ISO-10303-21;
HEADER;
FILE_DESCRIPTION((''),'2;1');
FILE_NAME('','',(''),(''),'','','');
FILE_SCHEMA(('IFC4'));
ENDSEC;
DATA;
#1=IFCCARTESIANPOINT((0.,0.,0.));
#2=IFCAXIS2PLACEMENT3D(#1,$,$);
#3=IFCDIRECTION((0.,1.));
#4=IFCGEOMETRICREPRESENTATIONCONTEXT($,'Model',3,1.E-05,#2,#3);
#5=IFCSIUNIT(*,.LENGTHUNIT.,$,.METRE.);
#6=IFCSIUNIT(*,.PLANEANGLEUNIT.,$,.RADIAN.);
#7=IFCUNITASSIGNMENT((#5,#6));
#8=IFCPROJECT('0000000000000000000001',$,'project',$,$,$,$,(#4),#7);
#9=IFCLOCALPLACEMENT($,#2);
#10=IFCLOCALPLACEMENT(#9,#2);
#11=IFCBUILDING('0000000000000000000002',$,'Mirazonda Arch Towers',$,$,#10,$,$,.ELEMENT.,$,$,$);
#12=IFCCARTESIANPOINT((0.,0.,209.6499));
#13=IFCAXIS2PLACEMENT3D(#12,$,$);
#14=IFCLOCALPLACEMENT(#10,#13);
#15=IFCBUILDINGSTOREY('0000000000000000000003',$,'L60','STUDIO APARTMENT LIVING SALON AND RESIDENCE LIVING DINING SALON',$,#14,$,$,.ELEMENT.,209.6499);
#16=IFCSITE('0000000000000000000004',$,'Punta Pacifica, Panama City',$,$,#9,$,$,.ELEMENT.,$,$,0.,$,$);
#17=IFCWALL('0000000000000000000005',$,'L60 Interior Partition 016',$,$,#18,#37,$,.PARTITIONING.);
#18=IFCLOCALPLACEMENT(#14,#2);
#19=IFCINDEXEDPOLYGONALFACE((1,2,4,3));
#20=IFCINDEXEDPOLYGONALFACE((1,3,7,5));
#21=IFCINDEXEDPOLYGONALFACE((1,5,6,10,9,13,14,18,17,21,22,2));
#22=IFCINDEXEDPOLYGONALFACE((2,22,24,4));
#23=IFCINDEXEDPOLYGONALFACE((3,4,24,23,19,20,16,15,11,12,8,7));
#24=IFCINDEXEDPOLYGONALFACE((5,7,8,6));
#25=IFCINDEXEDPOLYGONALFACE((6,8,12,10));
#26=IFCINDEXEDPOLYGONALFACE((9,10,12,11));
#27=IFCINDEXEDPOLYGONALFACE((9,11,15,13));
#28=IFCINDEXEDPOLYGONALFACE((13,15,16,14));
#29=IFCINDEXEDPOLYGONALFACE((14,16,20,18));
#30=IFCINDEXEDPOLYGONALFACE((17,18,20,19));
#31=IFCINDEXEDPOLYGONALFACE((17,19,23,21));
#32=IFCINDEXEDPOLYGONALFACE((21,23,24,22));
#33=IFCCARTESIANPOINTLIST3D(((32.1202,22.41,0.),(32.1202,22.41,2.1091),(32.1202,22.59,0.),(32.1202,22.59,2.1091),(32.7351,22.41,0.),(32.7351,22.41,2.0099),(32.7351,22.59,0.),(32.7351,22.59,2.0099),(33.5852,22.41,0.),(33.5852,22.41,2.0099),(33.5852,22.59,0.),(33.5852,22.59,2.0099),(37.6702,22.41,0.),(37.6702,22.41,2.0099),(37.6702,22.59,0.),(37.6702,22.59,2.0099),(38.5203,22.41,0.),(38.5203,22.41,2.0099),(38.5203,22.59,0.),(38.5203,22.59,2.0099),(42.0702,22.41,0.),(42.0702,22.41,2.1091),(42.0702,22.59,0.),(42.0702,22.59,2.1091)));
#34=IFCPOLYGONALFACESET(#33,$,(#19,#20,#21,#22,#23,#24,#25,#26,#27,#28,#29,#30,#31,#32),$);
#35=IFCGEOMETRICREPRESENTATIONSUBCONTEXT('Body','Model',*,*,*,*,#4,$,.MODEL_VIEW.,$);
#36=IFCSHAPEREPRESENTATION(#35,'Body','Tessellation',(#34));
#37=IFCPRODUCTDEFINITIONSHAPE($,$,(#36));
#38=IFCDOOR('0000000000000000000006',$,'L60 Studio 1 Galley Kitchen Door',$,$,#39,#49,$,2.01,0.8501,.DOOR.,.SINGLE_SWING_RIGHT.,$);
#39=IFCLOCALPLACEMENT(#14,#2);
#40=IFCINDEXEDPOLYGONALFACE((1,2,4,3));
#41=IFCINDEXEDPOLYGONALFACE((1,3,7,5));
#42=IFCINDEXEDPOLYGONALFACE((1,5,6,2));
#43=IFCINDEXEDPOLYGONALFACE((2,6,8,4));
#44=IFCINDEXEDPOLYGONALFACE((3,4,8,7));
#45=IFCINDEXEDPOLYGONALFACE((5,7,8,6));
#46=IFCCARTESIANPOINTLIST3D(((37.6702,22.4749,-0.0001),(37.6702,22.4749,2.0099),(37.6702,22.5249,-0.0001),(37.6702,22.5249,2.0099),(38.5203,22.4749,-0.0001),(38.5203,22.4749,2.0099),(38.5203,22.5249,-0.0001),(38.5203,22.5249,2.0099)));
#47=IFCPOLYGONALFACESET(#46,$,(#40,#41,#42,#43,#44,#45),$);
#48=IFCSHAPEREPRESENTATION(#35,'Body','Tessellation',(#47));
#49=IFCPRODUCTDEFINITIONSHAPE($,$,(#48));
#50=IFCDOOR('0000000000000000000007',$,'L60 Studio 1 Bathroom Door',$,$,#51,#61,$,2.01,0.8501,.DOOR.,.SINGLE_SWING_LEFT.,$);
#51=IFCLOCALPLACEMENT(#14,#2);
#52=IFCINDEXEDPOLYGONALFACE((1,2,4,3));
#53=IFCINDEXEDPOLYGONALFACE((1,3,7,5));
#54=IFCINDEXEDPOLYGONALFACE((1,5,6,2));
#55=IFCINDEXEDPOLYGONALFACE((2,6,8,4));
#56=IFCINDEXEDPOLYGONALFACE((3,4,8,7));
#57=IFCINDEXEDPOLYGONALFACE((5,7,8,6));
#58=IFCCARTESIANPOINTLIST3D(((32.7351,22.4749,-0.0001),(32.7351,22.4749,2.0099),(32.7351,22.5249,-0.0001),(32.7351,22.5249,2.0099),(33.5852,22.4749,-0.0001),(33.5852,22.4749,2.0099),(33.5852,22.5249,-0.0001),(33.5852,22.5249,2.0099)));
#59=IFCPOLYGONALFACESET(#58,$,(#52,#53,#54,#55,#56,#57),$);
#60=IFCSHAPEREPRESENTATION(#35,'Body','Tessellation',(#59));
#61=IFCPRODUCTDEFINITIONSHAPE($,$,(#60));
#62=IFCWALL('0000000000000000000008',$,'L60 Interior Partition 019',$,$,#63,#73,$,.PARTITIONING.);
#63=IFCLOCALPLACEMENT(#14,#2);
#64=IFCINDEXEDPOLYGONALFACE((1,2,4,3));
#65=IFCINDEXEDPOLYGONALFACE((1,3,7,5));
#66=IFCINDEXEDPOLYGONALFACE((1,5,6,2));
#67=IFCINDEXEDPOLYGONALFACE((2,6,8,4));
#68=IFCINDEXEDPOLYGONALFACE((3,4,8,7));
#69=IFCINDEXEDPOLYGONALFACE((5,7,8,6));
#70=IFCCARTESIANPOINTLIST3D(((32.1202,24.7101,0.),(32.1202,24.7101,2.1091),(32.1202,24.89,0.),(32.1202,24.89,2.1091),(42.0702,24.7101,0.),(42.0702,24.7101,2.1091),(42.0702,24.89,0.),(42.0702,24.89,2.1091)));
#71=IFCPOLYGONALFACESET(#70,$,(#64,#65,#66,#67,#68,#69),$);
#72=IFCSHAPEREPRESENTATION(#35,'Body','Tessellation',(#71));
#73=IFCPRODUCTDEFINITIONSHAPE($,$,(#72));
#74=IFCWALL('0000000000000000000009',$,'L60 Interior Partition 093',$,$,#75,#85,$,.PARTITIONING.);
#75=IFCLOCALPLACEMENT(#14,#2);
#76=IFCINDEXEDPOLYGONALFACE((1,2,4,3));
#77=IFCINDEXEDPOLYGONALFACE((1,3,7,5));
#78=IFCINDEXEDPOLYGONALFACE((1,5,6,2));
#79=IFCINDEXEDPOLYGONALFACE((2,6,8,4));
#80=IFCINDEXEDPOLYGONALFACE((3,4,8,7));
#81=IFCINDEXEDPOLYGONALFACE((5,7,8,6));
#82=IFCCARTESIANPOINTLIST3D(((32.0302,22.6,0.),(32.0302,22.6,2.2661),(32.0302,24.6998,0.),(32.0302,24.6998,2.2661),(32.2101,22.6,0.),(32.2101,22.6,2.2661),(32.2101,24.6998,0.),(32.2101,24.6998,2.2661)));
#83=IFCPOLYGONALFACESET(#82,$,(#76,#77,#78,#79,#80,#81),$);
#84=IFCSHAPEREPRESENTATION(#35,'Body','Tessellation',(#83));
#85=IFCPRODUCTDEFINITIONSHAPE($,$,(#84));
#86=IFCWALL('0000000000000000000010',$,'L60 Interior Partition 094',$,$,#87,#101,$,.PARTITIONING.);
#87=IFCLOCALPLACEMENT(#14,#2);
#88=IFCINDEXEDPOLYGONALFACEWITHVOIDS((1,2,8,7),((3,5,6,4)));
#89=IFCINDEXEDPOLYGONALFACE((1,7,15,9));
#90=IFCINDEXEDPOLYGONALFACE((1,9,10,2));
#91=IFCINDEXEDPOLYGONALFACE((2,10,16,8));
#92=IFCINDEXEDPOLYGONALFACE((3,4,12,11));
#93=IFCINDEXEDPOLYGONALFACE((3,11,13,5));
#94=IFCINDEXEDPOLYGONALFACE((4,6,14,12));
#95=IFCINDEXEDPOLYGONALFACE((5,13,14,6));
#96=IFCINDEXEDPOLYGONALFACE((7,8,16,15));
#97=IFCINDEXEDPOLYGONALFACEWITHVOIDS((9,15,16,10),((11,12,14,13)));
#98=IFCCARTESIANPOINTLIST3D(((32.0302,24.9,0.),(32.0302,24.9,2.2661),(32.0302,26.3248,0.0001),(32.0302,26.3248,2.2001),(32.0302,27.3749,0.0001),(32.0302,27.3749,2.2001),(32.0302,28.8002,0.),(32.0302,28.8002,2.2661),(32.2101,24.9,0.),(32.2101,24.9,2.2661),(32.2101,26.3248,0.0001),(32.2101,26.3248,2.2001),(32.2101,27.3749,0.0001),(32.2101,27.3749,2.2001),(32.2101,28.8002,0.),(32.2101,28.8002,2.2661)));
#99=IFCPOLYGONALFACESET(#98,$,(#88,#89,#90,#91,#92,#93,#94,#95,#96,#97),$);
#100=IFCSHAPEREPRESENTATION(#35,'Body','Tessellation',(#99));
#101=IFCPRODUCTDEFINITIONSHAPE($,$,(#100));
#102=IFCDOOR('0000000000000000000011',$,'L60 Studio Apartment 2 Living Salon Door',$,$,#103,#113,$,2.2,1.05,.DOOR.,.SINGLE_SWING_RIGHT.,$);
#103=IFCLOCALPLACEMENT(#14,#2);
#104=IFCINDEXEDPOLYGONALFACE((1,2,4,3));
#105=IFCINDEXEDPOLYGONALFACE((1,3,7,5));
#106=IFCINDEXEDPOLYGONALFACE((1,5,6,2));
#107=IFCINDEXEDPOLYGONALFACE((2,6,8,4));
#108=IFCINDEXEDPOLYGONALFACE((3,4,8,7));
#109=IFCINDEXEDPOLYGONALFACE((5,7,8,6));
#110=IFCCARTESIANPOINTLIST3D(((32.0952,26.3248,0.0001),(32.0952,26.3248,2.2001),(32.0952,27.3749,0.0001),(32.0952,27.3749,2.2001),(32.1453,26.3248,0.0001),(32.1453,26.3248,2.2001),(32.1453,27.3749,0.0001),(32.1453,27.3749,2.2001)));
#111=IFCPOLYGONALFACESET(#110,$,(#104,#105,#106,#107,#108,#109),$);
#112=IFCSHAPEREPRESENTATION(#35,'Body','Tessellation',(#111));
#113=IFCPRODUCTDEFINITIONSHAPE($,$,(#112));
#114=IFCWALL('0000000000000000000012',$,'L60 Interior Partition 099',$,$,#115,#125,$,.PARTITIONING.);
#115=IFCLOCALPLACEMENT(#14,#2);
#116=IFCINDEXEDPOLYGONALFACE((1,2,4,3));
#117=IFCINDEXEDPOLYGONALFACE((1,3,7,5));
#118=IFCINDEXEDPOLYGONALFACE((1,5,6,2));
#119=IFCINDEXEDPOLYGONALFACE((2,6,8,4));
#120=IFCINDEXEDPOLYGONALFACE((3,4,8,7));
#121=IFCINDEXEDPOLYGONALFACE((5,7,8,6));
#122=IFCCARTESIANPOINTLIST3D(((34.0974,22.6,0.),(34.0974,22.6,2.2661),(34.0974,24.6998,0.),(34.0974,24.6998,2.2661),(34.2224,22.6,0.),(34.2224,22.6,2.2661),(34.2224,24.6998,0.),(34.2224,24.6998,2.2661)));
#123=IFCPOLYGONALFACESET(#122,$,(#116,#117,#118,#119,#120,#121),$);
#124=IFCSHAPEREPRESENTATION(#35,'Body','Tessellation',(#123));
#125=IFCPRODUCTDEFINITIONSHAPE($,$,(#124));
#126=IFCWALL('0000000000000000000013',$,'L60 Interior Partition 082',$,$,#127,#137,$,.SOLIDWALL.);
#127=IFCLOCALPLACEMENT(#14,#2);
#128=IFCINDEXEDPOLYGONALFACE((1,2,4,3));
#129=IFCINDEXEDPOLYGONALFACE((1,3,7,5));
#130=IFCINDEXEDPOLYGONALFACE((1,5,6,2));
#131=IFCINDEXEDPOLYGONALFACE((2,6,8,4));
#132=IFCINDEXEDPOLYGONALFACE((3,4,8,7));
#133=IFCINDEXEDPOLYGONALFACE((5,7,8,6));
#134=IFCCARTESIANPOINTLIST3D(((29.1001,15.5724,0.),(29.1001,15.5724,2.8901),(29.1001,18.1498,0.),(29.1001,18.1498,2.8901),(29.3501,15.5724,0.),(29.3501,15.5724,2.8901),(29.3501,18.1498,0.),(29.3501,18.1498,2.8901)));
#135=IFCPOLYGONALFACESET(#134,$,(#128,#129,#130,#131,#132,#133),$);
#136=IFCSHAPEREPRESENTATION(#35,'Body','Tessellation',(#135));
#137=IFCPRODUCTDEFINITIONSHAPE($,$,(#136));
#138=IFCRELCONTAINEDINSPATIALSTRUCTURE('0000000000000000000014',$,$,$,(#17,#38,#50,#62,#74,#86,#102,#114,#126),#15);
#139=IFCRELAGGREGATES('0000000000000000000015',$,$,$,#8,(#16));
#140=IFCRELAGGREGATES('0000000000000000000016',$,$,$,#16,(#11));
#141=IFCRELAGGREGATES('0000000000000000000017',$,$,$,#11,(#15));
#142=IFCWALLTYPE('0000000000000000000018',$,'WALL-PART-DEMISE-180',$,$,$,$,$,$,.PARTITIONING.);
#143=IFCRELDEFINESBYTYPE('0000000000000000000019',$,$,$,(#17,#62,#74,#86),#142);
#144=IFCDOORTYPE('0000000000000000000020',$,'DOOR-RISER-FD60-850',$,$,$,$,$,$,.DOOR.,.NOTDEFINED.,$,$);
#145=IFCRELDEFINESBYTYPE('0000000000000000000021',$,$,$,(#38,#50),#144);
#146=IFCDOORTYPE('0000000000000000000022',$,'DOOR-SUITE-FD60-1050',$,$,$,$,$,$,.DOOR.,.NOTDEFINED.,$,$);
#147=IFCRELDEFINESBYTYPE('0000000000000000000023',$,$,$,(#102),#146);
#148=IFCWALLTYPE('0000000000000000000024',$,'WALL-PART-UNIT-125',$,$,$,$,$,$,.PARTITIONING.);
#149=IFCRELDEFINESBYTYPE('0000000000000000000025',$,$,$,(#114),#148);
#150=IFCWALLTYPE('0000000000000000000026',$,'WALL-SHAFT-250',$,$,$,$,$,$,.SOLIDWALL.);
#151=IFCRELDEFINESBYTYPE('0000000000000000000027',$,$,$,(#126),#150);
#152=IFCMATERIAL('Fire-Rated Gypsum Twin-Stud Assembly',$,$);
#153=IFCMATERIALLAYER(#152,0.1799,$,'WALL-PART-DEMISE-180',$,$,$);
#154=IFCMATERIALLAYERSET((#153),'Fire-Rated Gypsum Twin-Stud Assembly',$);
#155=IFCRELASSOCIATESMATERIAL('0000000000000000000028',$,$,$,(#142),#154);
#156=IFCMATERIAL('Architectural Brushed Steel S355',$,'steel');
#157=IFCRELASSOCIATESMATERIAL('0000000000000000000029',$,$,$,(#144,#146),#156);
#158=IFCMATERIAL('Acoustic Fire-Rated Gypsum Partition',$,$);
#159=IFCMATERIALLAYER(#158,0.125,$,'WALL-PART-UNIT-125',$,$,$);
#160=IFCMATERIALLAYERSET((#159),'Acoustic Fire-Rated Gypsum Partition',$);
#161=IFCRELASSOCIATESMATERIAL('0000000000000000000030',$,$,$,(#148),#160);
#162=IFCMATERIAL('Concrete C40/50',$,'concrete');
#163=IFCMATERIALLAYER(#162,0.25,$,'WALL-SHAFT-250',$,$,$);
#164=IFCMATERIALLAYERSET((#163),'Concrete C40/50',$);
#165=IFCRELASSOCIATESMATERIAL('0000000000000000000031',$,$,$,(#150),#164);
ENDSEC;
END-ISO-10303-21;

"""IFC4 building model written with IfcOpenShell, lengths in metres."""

from ifc_helpers import new_model, si_unit, direction, frame, frame_2d, origin, place, context, subcontext, project, spatial, rectangle, extrude, material, layer, layer_set, type_object, element, fill, save


model = new_model("IFC4")

# Units and contexts
model_context = context("Model", 3, precision=1e-05, world=origin(), true_north=direction((0.0, 1.0)))
body_context = subcontext(model_context, "Body", "Model", "MODEL_VIEW")
ifc_project = project(units=[si_unit("LENGTHUNIT", "METRE"), si_unit("PLANEANGLEUNIT", "RADIAN")], contexts=[model_context])

# Site, building, storey
site_placement = place(None, origin())
site = spatial("IfcSite", under=ifc_project, at=site_placement, Name="Punta Pacifica, Panama City", CompositionType="ELEMENT", RefElevation=0.0)
building_placement = place(site_placement, origin())
building = spatial("IfcBuilding", under=site, at=building_placement, Name="Mirazonda Arch Towers", CompositionType="ELEMENT")
storey_placement = place(building_placement, frame((0.0, 0.0, 209.6499)))
storey = spatial("IfcBuildingStorey", under=building, at=storey_placement, Name="L60", Description="STUDIO APARTMENT LIVING SALON AND RESIDENCE LIVING DINING SALON", CompositionType="ELEMENT", Elevation=209.6499)

# Wall, openings, doors
ifc_material_1 = material(Name="Fire-Rated Gypsum Twin-Stud Assembly")
ifc_layer_1 = layer(ifc_material_1, 0.1799, Name="WALL-PART-DEMISE-180")
ifc_layer_set_1 = layer_set([ifc_layer_1], Name="Fire-Rated Gypsum Twin-Stud Assembly")
wall_type_1 = type_object("IfcWallType", Name="WALL-PART-DEMISE-180", PredefinedType="PARTITIONING", material=ifc_layer_set_1)
wall_1_placement = place(storey_placement, frame((32.1201, 22.5, 0.0), z_axis=(0.0, 0.0, 1.0), x_axis=(1.0, 0.0, 0.0)))
wall_1 = element("IfcWall", 1, at=wall_1_placement, inside=storey, type_object=wall_type_1, Name="L60 Interior Partition 016", PredefinedType="PARTITIONING", context=body_context, shape_type="SweptSolid", body=[
    extrude(rectangle(XDim=9.95, YDim=0.1799, at=frame_2d((4.9751, 0.0))), origin(), (0.0, 0.0, 1.0), 2.1091),
])
opening_1_placement = place(wall_1_placement, frame((5.55, 0.0, 0.0)))
opening_1 = element("IfcOpeningElement", 2, at=opening_1_placement, cuts=wall_1, PredefinedType="OPENING", context=body_context, shape_type="SweptSolid", body=[
    extrude(rectangle(XDim=0.8501, YDim=2.01, at=frame_2d((0.425, 1.0049))), frame((0.0, 0.0999, 0.0), z_axis=(0.0, -1.0, 0.0), x_axis=(1.0, 0.0, 0.0)), (0.0, 0.0, 1.0), 0.2),
])
opening_2_placement = place(wall_1_placement, frame((0.615, 0.0, 0.0)))
opening_2 = element("IfcOpeningElement", 3, at=opening_2_placement, cuts=wall_1, PredefinedType="OPENING", context=body_context, shape_type="SweptSolid", body=[
    extrude(rectangle(XDim=0.8501, YDim=2.01, at=frame_2d((0.425, 1.0049))), frame((0.0, 0.0999, 0.0), z_axis=(0.0, -1.0, 0.0), x_axis=(1.0, 0.0, 0.0)), (0.0, 0.0, 1.0), 0.2),
])
ifc_material_2 = material(Name="Architectural Brushed Steel S355", Category="steel")
door_type_1 = type_object("IfcDoorType", Name="DOOR-RISER-FD60-850", OperationType="NOTDEFINED", PredefinedType="DOOR", material=ifc_material_2)
door_1_placement = place(opening_1_placement, origin())
door_1 = element("IfcDoor", 4, at=door_1_placement, inside=storey, type_object=door_type_1, Name="L60 Studio 1 Galley Kitchen Door", OperationType="SINGLE_SWING_RIGHT", OverallHeight=2.01, OverallWidth=0.8501, PredefinedType="DOOR", context=body_context, shape_type="SweptSolid", body=[
    extrude(rectangle(XDim=0.8501, YDim=2.01, at=frame_2d((0.425, 1.0049))), frame((0.0, 0.0249, 0.0), z_axis=(0.0, -1.0, 0.0), x_axis=(1.0, 0.0, 0.0)), (0.0, 0.0, 1.0), 0.05),
])
fill(opening_1, door_1)
door_2_placement = place(opening_2_placement, origin())
door_2 = element("IfcDoor", 5, at=door_2_placement, inside=storey, type_object=door_type_1, Name="L60 Studio 1 Bathroom Door", OperationType="SINGLE_SWING_LEFT", OverallHeight=2.01, OverallWidth=0.8501, PredefinedType="DOOR", context=body_context, shape_type="SweptSolid", body=[
    extrude(rectangle(XDim=0.8501, YDim=2.01, at=frame_2d((0.425, 1.0049))), frame((0.0, 0.0249, 0.0), z_axis=(0.0, -1.0, 0.0), x_axis=(1.0, 0.0, 0.0)), (0.0, 0.0, 1.0), 0.05),
])
fill(opening_2, door_2)

# Walls
wall_2_placement = place(storey_placement, frame((32.1201, 24.8, 0.0), z_axis=(0.0, 0.0, 1.0), x_axis=(1.0, 0.0, 0.0)))
element("IfcWall", 6, at=wall_2_placement, inside=storey, type_object=wall_type_1, Name="L60 Interior Partition 019", PredefinedType="PARTITIONING", context=body_context, shape_type="SweptSolid", body=[
    extrude(rectangle(XDim=9.95, YDim=0.1799, at=frame_2d((4.9751, 0.0))), origin(), (0.0, 0.0, 1.0), 2.1091),
])
wall_3_placement = place(storey_placement, frame((32.1201, 22.6001, 0.0), z_axis=(0.0, 0.0, 1.0), x_axis=(0.0, 1.0, 0.0)))
element("IfcWall", 7, at=wall_3_placement, inside=storey, type_object=wall_type_1, Name="L60 Interior Partition 093", PredefinedType="PARTITIONING", context=body_context, shape_type="SweptSolid", body=[
    extrude(rectangle(XDim=2.0999, YDim=0.1799, at=frame_2d((1.0498, 0.0))), origin(), (0.0, 0.0, 1.0), 2.2661),
])

# Wall, opening, door
wall_4_placement = place(storey_placement, frame((32.1201, 24.8999, 0.0), z_axis=(0.0, 0.0, 1.0), x_axis=(0.0, 1.0, 0.0)))
wall_4 = element("IfcWall", 8, at=wall_4_placement, inside=storey, type_object=wall_type_1, Name="L60 Interior Partition 094", PredefinedType="PARTITIONING", context=body_context, shape_type="SweptSolid", body=[
    extrude(rectangle(XDim=3.9001, YDim=0.1799, at=frame_2d((1.9502, 0.0))), origin(), (0.0, 0.0, 1.0), 2.2661),
])
opening_3_placement = place(wall_4_placement, frame((1.425, 0.0, 0.0)))
opening_3 = element("IfcOpeningElement", 9, at=opening_3_placement, cuts=wall_4, PredefinedType="OPENING", context=body_context, shape_type="SweptSolid", body=[
    extrude(rectangle(XDim=1.05, YDim=2.2, at=frame_2d((0.5249, 1.1001))), frame((0.0, 0.0999, 0.0), z_axis=(0.0, -1.0, 0.0), x_axis=(1.0, 0.0, 0.0)), (0.0, 0.0, 1.0), 0.2),
])
door_type_2 = type_object("IfcDoorType", Name="DOOR-SUITE-FD60-1050", OperationType="NOTDEFINED", PredefinedType="DOOR", material=ifc_material_2)
door_3_placement = place(opening_3_placement, origin())
door_3 = element("IfcDoor", 10, at=door_3_placement, inside=storey, type_object=door_type_2, Name="L60 Studio Apartment 2 Living Salon Door", OperationType="SINGLE_SWING_RIGHT", OverallHeight=2.2, OverallWidth=1.05, PredefinedType="DOOR", context=body_context, shape_type="SweptSolid", body=[
    extrude(rectangle(XDim=1.05, YDim=2.2, at=frame_2d((0.5249, 1.1001))), frame((0.0, 0.0249, 0.0), z_axis=(0.0, -1.0, 0.0), x_axis=(1.0, 0.0, 0.0)), (0.0, 0.0, 1.0), 0.05),
])
fill(opening_3, door_3)

# Walls
ifc_material_3 = material(Name="Acoustic Fire-Rated Gypsum Partition")
ifc_layer_2 = layer(ifc_material_3, 0.125, Name="WALL-PART-UNIT-125")
ifc_layer_set_2 = layer_set([ifc_layer_2], Name="Acoustic Fire-Rated Gypsum Partition")
wall_type_2 = type_object("IfcWallType", Name="WALL-PART-UNIT-125", PredefinedType="PARTITIONING", material=ifc_layer_set_2)
wall_5_placement = place(storey_placement, frame((34.1599, 22.6001, 0.0), z_axis=(0.0, 0.0, 1.0), x_axis=(0.0, 1.0, 0.0)))
element("IfcWall", 11, at=wall_5_placement, inside=storey, type_object=wall_type_2, Name="L60 Interior Partition 099", PredefinedType="PARTITIONING", context=body_context, shape_type="SweptSolid", body=[
    extrude(rectangle(XDim=2.0999, YDim=0.125, at=frame_2d((1.0498, 0.0))), origin(), (0.0, 0.0, 1.0), 2.2661),
])
ifc_material_4 = material(Name="Concrete C40/50", Category="concrete")
ifc_layer_3 = layer(ifc_material_4, 0.25, Name="WALL-SHAFT-250")
ifc_layer_set_3 = layer_set([ifc_layer_3], Name="Concrete C40/50")
wall_type_3 = type_object("IfcWallType", Name="WALL-SHAFT-250", PredefinedType="SOLIDWALL", material=ifc_layer_set_3)
wall_6_placement = place(storey_placement, frame((29.2251, 15.5725, 0.0), z_axis=(0.0, 0.0, 1.0), x_axis=(0.0, 1.0, 0.0)))
element("IfcWall", 12, at=wall_6_placement, inside=storey, type_object=wall_type_3, Name="L60 Interior Partition 082", PredefinedType="SOLIDWALL", context=body_context, shape_type="SweptSolid", body=[
    extrude(rectangle(XDim=2.5774, YDim=0.25, at=frame_2d((1.2886, 0.0))), origin(), (0.0, 0.0, 1.0), 2.8901),
])

save(model, "model.ifc")
